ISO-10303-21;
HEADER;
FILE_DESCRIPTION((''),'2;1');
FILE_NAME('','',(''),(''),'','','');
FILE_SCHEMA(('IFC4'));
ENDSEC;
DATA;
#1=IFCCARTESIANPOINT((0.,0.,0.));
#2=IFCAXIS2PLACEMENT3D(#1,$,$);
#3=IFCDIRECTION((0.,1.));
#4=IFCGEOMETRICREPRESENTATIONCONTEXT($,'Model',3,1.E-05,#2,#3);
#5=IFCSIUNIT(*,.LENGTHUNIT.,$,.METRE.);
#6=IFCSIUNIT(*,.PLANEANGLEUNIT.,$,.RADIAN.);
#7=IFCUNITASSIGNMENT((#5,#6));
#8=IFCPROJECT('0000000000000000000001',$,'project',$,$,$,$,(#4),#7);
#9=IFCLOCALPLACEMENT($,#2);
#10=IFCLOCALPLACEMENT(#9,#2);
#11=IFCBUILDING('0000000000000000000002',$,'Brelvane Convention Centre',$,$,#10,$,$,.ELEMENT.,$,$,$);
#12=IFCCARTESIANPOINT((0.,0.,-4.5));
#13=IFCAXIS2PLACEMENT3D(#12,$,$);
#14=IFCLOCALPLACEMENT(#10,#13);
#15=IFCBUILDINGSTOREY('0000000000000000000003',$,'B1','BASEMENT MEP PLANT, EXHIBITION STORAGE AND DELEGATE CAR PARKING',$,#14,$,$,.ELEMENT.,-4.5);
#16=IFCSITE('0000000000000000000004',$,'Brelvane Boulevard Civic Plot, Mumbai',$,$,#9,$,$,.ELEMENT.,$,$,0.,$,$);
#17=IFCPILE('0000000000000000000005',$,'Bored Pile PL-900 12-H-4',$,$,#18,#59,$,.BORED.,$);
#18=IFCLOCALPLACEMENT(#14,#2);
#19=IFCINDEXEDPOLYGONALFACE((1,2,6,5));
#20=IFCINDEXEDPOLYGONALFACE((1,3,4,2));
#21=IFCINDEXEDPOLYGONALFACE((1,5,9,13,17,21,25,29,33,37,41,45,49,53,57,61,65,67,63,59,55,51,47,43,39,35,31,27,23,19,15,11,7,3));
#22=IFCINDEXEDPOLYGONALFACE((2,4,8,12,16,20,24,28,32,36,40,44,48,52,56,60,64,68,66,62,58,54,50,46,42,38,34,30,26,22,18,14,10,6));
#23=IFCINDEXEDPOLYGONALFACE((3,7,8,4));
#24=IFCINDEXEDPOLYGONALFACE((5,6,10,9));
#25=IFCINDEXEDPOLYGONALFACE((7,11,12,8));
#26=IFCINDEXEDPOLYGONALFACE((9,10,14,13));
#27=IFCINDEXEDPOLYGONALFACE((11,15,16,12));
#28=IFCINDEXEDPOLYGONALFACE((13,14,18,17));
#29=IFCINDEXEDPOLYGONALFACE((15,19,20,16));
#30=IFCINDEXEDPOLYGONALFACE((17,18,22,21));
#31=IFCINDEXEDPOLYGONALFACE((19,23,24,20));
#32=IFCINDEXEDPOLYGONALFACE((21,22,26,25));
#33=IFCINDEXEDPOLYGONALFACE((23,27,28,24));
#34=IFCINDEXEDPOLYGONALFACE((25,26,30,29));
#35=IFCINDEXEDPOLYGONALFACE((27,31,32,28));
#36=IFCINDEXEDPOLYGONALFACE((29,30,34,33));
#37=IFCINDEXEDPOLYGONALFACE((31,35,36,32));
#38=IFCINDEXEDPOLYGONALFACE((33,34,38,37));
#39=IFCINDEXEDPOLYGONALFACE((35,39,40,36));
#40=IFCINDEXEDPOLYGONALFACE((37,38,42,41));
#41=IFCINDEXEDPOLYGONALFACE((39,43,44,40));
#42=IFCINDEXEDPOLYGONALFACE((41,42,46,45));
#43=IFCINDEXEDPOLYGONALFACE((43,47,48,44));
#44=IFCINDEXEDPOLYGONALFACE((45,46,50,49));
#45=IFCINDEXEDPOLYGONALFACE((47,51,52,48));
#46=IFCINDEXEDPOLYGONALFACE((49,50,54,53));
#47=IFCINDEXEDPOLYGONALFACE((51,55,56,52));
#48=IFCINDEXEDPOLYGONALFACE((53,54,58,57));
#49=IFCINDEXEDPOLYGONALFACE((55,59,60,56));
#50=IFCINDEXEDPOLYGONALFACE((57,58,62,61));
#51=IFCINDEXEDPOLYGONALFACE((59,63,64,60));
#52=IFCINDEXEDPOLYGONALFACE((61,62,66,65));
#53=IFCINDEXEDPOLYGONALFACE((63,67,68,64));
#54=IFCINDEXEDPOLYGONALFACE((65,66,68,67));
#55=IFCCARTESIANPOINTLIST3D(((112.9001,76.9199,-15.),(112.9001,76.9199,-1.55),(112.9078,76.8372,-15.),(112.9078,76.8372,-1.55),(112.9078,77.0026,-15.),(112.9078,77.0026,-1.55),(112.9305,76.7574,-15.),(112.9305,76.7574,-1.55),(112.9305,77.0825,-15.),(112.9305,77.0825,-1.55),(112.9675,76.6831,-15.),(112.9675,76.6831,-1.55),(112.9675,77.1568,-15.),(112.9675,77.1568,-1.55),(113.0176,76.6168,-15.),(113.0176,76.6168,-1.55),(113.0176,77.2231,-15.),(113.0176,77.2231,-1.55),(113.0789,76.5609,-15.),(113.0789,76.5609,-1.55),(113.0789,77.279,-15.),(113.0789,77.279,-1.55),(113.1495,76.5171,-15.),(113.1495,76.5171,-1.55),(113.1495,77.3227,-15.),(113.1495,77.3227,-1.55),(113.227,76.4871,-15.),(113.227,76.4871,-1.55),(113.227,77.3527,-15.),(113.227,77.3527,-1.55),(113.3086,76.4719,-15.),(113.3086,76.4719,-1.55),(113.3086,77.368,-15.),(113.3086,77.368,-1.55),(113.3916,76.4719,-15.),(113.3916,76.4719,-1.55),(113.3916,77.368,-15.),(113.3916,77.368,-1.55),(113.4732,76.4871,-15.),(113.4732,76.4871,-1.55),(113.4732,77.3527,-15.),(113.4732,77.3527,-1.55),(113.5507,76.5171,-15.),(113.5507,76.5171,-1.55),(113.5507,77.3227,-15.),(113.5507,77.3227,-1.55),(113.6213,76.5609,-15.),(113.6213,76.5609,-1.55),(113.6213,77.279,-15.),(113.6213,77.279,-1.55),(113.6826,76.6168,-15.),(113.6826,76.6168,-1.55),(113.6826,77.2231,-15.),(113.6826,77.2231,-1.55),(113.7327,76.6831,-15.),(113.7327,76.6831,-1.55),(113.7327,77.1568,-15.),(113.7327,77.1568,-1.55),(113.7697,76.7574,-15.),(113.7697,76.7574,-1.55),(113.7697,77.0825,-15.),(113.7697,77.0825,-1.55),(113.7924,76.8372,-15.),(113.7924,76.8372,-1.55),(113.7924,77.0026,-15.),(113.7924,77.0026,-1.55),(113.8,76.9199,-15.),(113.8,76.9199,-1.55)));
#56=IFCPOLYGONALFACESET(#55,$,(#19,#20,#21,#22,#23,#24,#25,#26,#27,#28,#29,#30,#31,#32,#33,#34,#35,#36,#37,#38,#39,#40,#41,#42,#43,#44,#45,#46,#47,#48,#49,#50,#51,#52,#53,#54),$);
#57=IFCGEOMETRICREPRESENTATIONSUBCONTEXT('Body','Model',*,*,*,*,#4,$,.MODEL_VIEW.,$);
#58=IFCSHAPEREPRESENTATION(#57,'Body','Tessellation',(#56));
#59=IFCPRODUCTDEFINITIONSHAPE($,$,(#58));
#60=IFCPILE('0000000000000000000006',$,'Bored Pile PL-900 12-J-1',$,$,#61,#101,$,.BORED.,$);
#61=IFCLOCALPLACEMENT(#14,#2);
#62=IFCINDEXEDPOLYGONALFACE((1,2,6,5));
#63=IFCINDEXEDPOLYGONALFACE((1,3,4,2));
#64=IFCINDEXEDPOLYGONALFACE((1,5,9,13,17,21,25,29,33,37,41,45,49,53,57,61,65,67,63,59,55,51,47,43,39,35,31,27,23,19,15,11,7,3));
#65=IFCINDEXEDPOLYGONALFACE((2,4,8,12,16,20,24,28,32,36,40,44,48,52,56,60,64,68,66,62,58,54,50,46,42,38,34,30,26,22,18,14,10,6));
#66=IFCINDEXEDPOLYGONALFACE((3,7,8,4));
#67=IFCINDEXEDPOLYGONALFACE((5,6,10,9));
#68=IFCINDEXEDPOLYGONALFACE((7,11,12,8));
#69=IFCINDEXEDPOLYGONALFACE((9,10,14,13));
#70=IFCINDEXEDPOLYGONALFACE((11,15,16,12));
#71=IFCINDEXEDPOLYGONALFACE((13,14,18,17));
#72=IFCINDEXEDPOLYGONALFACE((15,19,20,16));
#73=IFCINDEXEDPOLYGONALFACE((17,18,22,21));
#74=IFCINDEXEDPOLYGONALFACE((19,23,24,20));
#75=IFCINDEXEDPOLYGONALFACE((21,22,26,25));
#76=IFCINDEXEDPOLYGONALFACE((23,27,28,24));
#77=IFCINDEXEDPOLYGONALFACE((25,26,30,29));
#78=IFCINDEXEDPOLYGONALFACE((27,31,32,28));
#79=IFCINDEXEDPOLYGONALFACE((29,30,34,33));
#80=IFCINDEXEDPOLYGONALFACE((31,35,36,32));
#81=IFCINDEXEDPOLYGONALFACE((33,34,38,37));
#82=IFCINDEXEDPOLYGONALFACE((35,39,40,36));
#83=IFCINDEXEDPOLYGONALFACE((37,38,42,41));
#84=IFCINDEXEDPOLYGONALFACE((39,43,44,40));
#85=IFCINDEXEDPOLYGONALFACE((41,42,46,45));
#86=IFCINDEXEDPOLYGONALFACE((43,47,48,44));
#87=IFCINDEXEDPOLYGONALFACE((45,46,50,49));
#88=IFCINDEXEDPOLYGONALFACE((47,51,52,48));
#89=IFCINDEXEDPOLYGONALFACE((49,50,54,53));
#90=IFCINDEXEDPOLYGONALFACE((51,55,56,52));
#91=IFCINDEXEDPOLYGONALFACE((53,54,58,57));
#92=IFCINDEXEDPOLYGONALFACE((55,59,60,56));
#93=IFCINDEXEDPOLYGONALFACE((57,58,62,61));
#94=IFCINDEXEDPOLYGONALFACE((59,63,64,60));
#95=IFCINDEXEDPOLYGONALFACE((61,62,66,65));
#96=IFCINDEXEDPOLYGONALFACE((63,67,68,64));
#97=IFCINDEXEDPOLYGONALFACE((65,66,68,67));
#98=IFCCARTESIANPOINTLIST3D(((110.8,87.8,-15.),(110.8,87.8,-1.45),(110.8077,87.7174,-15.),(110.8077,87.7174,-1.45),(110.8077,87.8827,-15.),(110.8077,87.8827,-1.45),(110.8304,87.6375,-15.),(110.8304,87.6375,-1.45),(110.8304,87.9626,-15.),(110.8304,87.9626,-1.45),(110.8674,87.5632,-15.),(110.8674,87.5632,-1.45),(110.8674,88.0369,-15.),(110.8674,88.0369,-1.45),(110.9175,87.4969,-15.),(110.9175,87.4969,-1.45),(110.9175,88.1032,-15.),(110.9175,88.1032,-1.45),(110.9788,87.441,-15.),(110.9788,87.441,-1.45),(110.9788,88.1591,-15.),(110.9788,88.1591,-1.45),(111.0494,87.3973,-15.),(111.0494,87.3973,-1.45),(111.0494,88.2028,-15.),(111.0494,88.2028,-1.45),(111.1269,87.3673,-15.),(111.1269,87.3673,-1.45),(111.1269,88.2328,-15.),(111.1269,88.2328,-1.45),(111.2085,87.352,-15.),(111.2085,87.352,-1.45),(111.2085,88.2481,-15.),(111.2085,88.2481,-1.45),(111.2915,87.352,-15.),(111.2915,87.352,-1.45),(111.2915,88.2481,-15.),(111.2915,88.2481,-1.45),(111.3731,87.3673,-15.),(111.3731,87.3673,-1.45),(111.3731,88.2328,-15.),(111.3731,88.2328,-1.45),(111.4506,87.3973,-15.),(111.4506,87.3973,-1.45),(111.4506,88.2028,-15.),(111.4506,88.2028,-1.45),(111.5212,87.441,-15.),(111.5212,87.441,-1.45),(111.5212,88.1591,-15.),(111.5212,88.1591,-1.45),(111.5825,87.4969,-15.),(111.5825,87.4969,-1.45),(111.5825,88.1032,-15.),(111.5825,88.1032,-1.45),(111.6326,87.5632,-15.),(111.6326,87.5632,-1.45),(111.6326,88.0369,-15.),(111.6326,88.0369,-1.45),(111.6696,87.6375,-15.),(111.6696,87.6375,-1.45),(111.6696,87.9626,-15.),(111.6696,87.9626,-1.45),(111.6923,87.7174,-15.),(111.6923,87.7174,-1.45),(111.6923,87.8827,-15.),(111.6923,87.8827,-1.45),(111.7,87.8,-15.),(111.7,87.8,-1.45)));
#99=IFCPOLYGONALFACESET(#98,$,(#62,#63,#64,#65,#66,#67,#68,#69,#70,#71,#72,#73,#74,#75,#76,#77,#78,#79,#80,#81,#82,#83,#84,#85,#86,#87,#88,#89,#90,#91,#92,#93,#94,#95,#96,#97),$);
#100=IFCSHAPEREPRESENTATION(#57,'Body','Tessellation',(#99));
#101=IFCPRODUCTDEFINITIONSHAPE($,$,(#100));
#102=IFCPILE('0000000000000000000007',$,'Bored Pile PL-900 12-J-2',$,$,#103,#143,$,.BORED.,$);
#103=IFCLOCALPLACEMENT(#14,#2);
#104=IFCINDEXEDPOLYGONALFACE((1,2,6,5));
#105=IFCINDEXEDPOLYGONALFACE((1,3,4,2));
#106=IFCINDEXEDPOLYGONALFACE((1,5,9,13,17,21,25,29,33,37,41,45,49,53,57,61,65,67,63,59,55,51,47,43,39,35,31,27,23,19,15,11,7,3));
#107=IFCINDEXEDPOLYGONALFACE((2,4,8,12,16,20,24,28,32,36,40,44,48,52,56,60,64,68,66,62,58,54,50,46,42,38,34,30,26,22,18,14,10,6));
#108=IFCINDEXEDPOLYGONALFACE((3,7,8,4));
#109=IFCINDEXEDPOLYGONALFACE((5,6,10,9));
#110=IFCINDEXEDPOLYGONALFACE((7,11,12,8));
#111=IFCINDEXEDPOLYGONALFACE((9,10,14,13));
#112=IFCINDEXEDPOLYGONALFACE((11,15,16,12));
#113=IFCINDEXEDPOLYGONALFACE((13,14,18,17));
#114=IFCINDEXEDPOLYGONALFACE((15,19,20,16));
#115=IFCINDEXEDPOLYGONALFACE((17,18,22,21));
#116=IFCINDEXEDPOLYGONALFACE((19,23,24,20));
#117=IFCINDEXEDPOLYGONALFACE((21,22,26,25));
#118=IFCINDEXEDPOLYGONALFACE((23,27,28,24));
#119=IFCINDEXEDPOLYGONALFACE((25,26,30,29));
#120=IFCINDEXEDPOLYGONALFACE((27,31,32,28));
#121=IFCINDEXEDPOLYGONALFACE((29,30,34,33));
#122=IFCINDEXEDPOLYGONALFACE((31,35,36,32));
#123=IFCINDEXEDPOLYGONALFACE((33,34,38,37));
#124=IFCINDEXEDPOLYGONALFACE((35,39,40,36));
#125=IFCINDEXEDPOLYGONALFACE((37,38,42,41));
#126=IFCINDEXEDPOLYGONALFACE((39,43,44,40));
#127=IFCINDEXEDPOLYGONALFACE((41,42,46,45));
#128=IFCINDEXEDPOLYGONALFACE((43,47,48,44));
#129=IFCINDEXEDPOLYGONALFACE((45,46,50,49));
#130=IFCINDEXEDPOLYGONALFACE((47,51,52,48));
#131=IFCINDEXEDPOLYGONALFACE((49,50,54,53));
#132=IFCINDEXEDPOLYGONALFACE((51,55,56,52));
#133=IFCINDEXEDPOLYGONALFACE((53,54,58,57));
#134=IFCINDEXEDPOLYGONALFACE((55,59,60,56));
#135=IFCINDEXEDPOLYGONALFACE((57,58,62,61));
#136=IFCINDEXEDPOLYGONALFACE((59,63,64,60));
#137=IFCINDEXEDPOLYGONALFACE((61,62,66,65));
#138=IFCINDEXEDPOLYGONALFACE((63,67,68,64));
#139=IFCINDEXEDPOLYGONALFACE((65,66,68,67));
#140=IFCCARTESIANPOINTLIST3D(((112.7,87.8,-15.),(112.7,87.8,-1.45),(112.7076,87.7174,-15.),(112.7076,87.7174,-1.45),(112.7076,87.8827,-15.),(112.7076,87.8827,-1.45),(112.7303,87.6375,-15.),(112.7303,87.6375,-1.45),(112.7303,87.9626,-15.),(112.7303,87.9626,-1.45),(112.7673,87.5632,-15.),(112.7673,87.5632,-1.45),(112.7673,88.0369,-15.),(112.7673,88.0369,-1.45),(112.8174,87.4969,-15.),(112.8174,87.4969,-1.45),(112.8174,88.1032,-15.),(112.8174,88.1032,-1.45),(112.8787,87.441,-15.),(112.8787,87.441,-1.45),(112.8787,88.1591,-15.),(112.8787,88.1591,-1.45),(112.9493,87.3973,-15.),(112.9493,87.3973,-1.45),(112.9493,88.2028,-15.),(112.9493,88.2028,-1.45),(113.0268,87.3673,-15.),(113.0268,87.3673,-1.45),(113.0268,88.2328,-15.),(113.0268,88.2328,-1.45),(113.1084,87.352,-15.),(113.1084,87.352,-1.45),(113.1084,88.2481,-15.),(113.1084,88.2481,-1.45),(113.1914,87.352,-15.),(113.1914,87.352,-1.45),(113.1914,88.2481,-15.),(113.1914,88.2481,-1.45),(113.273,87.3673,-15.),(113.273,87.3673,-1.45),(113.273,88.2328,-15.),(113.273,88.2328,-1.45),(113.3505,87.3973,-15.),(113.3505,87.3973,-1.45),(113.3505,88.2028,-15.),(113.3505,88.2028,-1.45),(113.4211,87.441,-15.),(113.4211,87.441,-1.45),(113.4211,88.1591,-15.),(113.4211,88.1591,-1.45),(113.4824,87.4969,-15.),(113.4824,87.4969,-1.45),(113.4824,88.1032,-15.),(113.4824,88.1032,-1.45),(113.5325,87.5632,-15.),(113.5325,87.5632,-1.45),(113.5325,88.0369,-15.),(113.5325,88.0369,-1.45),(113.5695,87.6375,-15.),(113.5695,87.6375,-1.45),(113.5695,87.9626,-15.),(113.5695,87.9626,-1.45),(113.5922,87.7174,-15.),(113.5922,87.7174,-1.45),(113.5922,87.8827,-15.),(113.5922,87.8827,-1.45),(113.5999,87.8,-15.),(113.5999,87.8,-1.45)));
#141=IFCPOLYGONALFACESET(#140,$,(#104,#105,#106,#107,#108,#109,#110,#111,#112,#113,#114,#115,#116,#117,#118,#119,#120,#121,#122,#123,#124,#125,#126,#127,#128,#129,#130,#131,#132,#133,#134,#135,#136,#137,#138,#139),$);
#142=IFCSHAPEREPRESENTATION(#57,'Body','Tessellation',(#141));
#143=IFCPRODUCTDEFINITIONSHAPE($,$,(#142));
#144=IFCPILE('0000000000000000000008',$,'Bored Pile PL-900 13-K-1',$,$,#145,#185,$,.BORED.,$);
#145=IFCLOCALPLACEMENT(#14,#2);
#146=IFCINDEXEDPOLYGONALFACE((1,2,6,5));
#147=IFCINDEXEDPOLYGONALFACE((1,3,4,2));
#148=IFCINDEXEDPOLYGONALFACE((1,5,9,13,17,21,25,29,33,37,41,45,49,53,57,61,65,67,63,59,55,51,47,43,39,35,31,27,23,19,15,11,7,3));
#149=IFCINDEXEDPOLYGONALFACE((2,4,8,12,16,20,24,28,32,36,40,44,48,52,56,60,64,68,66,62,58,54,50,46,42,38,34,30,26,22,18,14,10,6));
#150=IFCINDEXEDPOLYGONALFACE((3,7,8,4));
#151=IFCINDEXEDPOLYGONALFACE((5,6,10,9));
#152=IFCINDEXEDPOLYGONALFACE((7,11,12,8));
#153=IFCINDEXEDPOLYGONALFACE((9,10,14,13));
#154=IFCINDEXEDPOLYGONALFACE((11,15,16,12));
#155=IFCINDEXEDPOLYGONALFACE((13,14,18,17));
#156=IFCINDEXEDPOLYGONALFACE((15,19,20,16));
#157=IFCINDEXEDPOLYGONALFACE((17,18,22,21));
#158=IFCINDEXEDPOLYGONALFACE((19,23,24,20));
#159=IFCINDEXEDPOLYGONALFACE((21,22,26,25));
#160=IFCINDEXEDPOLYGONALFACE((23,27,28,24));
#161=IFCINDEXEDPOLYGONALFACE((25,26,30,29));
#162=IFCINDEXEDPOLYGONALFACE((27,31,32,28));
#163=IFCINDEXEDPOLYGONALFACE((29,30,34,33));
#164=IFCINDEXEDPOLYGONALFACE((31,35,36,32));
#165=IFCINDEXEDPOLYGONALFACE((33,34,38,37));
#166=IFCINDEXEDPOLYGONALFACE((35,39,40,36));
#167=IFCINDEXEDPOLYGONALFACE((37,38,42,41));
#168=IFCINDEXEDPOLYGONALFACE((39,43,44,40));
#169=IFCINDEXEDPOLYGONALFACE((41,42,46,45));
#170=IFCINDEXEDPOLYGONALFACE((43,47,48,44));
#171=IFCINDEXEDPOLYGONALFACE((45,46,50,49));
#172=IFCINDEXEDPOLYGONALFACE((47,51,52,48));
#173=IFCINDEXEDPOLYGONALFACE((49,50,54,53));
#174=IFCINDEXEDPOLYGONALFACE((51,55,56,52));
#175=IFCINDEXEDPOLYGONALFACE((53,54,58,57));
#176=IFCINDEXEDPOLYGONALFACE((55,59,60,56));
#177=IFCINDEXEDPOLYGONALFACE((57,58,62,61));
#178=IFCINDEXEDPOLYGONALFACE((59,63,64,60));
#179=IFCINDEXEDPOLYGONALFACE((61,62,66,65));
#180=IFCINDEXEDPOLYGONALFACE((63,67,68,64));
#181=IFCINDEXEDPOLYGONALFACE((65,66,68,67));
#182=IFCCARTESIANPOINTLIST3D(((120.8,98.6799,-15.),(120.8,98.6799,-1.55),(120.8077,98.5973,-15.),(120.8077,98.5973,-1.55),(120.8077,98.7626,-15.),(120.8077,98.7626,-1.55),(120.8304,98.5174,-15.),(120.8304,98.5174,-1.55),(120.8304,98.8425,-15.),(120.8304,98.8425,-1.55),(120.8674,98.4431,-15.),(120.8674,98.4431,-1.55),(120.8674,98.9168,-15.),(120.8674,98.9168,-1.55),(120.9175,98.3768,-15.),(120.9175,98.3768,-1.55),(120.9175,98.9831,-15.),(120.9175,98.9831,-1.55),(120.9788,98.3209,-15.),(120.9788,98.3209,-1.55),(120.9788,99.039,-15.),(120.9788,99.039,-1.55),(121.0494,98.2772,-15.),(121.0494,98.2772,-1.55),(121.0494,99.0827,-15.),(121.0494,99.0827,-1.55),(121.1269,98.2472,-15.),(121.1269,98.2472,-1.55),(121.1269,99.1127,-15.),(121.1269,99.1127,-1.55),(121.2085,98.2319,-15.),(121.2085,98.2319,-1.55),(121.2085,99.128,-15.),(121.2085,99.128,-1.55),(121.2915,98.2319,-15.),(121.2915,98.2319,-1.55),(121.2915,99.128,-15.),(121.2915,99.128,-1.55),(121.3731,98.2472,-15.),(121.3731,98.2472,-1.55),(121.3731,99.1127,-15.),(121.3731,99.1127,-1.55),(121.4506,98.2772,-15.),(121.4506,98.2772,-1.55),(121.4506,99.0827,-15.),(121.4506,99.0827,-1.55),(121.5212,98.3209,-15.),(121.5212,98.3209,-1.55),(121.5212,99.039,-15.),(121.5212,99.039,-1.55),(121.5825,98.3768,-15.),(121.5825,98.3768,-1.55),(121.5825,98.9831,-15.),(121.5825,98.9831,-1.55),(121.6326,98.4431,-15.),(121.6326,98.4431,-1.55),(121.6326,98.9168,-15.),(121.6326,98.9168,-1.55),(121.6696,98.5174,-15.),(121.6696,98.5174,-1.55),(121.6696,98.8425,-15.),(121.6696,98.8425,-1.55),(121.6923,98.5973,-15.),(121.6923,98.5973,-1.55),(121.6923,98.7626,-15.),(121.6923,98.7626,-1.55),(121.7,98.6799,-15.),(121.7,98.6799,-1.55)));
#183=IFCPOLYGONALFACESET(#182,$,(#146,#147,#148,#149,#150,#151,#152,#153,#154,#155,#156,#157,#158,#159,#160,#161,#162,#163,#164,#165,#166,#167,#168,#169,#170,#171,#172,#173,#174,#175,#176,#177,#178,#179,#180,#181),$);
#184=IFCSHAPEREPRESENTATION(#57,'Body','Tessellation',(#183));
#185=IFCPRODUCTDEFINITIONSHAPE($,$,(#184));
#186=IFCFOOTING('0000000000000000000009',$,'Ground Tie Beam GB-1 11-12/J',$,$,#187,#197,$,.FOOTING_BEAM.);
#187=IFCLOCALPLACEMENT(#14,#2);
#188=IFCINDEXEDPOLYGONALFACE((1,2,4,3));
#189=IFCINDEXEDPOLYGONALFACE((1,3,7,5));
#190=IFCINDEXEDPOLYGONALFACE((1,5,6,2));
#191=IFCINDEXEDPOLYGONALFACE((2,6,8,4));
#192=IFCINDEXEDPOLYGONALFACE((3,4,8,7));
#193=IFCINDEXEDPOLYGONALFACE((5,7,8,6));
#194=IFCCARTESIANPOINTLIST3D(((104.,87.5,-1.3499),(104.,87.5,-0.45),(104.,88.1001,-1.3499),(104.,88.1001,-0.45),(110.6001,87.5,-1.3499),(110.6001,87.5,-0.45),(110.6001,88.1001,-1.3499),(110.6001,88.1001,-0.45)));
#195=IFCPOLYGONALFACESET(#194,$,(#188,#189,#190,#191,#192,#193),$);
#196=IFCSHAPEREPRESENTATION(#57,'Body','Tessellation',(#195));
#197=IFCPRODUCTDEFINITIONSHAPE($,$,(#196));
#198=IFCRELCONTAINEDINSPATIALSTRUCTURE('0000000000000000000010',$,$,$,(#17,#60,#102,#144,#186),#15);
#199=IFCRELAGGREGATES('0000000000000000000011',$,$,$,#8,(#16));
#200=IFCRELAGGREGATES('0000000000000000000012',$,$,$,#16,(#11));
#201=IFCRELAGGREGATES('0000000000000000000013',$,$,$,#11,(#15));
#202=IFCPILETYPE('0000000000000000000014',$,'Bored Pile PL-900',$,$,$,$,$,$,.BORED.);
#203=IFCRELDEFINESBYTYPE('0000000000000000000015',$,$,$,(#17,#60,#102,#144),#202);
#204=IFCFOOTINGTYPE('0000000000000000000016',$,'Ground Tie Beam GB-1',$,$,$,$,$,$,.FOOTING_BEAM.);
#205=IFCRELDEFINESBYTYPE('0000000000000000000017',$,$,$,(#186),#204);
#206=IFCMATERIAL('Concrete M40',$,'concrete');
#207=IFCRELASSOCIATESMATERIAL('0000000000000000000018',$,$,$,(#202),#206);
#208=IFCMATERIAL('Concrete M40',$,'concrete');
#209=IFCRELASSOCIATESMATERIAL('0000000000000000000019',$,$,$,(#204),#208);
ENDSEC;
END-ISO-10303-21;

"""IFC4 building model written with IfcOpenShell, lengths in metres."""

from ifc_helpers import new_model, si_unit, direction, frame, origin, origin_2d, place, context, subcontext, project, spatial, rectangle, circle, extrude, material, material_profile, profile_set, type_object, element, save


model = new_model("IFC4")

# Units and contexts
model_context = context("Model", 3, precision=1e-05, world=origin(), true_north=direction((0.0, 1.0)))
body_context = subcontext(model_context, "Body", "Model", "MODEL_VIEW")
ifc_project = project(units=[si_unit("LENGTHUNIT", "METRE"), si_unit("PLANEANGLEUNIT", "RADIAN")], contexts=[model_context])

# Site, building, storey
site_placement = place(None, origin())
site = spatial("IfcSite", under=ifc_project, at=site_placement, Name="Brelvane Boulevard Civic Plot, Mumbai", CompositionType="ELEMENT", RefElevation=0.0)
building_placement = place(site_placement, origin())
building = spatial("IfcBuilding", under=site, at=building_placement, Name="Brelvane Convention Centre", CompositionType="ELEMENT")
storey_placement = place(building_placement, frame((0.0, 0.0, -4.5)))
storey = spatial("IfcBuildingStorey", under=building, at=storey_placement, Name="B1", Description="BASEMENT MEP PLANT, EXHIBITION STORAGE AND DELEGATE CAR PARKING", CompositionType="ELEMENT", Elevation=-4.5)

# Piles
ifc_material_1 = material(Name="Concrete M40", Category="concrete")
ifc_material_profile_1 = material_profile(ifc_material_1, circle(Radius=0.45, at=origin_2d()), Name="PILE D900")
ifc_profile_set_1 = profile_set([ifc_material_profile_1], Name="Concrete M40")
pile_type = type_object("IfcPileType", Name="Bored Pile PL-900", PredefinedType="BORED", material=ifc_profile_set_1)
for number, where, z_axis, x_axis, name in (
    (1, (113.3501, 76.9199, -1.55), (0.0, 0.0, -1.0), (1.0, 0.0, 0.0), "Bored Pile PL-900 12-H-4"),
):
    element("IfcPile", number, at=place(storey_placement, frame(where, z_axis=z_axis, x_axis=x_axis)), inside=storey, type_object=pile_type, Name=name, PredefinedType="BORED", context=body_context, shape_type="SweptSolid", body=[
        extrude(circle(Radius=0.45, at=origin_2d()), origin(), (0.0, 0.0, 1.0), 13.45),
    ])
for number, where, z_axis, x_axis, name in (
    (2, (111.25, 87.8, -1.45), (0.0, 0.0, -1.0), (1.0, 0.0, 0.0), "Bored Pile PL-900 12-J-1"),
    (3, (113.1499, 87.8, -1.45), (0.0, 0.0, -1.0), (1.0, 0.0, 0.0), "Bored Pile PL-900 12-J-2"),
):
    element("IfcPile", number, at=place(storey_placement, frame(where, z_axis=z_axis, x_axis=x_axis)), inside=storey, type_object=pile_type, Name=name, PredefinedType="BORED", context=body_context, shape_type="SweptSolid", body=[
        extrude(circle(Radius=0.45, at=origin_2d()), origin(), (0.0, 0.0, 1.0), 13.55),
    ])
pile_1_placement = place(storey_placement, frame((121.25, 98.6799, -1.55), z_axis=(0.0, 0.0, -1.0), x_axis=(1.0, 0.0, 0.0)))
element("IfcPile", 4, at=pile_1_placement, inside=storey, type_object=pile_type, Name="Bored Pile PL-900 13-K-1", PredefinedType="BORED", context=body_context, shape_type="SweptSolid", body=[
    extrude(circle(Radius=0.45, at=origin_2d()), origin(), (0.0, 0.0, 1.0), 13.45),
])

# Footing
ifc_material_2 = material(Name="Concrete M40", Category="concrete")
ifc_material_profile_2 = material_profile(ifc_material_2, rectangle(XDim=0.6001, YDim=0.8999, at=origin_2d()), Name="RC 600x900")
ifc_profile_set_2 = profile_set([ifc_material_profile_2], Name="Concrete M40")
footing_type_1 = type_object("IfcFootingType", Name="Ground Tie Beam GB-1", PredefinedType="FOOTING_BEAM", material=ifc_profile_set_2)
footing_1_placement = place(storey_placement, frame((104.0, 87.8, -0.8999), z_axis=(1.0, 0.0, 0.0), x_axis=(0.0, 1.0, 0.0)))
element("IfcFooting", 5, at=footing_1_placement, inside=storey, type_object=footing_type_1, Name="Ground Tie Beam GB-1 11-12/J", PredefinedType="FOOTING_BEAM", context=body_context, shape_type="SweptSolid", body=[
    extrude(rectangle(XDim=0.6001, YDim=0.8999, at=origin_2d()), origin(), (0.0, 0.0, 1.0), 6.6001),
])

save(model, "model.ifc")
